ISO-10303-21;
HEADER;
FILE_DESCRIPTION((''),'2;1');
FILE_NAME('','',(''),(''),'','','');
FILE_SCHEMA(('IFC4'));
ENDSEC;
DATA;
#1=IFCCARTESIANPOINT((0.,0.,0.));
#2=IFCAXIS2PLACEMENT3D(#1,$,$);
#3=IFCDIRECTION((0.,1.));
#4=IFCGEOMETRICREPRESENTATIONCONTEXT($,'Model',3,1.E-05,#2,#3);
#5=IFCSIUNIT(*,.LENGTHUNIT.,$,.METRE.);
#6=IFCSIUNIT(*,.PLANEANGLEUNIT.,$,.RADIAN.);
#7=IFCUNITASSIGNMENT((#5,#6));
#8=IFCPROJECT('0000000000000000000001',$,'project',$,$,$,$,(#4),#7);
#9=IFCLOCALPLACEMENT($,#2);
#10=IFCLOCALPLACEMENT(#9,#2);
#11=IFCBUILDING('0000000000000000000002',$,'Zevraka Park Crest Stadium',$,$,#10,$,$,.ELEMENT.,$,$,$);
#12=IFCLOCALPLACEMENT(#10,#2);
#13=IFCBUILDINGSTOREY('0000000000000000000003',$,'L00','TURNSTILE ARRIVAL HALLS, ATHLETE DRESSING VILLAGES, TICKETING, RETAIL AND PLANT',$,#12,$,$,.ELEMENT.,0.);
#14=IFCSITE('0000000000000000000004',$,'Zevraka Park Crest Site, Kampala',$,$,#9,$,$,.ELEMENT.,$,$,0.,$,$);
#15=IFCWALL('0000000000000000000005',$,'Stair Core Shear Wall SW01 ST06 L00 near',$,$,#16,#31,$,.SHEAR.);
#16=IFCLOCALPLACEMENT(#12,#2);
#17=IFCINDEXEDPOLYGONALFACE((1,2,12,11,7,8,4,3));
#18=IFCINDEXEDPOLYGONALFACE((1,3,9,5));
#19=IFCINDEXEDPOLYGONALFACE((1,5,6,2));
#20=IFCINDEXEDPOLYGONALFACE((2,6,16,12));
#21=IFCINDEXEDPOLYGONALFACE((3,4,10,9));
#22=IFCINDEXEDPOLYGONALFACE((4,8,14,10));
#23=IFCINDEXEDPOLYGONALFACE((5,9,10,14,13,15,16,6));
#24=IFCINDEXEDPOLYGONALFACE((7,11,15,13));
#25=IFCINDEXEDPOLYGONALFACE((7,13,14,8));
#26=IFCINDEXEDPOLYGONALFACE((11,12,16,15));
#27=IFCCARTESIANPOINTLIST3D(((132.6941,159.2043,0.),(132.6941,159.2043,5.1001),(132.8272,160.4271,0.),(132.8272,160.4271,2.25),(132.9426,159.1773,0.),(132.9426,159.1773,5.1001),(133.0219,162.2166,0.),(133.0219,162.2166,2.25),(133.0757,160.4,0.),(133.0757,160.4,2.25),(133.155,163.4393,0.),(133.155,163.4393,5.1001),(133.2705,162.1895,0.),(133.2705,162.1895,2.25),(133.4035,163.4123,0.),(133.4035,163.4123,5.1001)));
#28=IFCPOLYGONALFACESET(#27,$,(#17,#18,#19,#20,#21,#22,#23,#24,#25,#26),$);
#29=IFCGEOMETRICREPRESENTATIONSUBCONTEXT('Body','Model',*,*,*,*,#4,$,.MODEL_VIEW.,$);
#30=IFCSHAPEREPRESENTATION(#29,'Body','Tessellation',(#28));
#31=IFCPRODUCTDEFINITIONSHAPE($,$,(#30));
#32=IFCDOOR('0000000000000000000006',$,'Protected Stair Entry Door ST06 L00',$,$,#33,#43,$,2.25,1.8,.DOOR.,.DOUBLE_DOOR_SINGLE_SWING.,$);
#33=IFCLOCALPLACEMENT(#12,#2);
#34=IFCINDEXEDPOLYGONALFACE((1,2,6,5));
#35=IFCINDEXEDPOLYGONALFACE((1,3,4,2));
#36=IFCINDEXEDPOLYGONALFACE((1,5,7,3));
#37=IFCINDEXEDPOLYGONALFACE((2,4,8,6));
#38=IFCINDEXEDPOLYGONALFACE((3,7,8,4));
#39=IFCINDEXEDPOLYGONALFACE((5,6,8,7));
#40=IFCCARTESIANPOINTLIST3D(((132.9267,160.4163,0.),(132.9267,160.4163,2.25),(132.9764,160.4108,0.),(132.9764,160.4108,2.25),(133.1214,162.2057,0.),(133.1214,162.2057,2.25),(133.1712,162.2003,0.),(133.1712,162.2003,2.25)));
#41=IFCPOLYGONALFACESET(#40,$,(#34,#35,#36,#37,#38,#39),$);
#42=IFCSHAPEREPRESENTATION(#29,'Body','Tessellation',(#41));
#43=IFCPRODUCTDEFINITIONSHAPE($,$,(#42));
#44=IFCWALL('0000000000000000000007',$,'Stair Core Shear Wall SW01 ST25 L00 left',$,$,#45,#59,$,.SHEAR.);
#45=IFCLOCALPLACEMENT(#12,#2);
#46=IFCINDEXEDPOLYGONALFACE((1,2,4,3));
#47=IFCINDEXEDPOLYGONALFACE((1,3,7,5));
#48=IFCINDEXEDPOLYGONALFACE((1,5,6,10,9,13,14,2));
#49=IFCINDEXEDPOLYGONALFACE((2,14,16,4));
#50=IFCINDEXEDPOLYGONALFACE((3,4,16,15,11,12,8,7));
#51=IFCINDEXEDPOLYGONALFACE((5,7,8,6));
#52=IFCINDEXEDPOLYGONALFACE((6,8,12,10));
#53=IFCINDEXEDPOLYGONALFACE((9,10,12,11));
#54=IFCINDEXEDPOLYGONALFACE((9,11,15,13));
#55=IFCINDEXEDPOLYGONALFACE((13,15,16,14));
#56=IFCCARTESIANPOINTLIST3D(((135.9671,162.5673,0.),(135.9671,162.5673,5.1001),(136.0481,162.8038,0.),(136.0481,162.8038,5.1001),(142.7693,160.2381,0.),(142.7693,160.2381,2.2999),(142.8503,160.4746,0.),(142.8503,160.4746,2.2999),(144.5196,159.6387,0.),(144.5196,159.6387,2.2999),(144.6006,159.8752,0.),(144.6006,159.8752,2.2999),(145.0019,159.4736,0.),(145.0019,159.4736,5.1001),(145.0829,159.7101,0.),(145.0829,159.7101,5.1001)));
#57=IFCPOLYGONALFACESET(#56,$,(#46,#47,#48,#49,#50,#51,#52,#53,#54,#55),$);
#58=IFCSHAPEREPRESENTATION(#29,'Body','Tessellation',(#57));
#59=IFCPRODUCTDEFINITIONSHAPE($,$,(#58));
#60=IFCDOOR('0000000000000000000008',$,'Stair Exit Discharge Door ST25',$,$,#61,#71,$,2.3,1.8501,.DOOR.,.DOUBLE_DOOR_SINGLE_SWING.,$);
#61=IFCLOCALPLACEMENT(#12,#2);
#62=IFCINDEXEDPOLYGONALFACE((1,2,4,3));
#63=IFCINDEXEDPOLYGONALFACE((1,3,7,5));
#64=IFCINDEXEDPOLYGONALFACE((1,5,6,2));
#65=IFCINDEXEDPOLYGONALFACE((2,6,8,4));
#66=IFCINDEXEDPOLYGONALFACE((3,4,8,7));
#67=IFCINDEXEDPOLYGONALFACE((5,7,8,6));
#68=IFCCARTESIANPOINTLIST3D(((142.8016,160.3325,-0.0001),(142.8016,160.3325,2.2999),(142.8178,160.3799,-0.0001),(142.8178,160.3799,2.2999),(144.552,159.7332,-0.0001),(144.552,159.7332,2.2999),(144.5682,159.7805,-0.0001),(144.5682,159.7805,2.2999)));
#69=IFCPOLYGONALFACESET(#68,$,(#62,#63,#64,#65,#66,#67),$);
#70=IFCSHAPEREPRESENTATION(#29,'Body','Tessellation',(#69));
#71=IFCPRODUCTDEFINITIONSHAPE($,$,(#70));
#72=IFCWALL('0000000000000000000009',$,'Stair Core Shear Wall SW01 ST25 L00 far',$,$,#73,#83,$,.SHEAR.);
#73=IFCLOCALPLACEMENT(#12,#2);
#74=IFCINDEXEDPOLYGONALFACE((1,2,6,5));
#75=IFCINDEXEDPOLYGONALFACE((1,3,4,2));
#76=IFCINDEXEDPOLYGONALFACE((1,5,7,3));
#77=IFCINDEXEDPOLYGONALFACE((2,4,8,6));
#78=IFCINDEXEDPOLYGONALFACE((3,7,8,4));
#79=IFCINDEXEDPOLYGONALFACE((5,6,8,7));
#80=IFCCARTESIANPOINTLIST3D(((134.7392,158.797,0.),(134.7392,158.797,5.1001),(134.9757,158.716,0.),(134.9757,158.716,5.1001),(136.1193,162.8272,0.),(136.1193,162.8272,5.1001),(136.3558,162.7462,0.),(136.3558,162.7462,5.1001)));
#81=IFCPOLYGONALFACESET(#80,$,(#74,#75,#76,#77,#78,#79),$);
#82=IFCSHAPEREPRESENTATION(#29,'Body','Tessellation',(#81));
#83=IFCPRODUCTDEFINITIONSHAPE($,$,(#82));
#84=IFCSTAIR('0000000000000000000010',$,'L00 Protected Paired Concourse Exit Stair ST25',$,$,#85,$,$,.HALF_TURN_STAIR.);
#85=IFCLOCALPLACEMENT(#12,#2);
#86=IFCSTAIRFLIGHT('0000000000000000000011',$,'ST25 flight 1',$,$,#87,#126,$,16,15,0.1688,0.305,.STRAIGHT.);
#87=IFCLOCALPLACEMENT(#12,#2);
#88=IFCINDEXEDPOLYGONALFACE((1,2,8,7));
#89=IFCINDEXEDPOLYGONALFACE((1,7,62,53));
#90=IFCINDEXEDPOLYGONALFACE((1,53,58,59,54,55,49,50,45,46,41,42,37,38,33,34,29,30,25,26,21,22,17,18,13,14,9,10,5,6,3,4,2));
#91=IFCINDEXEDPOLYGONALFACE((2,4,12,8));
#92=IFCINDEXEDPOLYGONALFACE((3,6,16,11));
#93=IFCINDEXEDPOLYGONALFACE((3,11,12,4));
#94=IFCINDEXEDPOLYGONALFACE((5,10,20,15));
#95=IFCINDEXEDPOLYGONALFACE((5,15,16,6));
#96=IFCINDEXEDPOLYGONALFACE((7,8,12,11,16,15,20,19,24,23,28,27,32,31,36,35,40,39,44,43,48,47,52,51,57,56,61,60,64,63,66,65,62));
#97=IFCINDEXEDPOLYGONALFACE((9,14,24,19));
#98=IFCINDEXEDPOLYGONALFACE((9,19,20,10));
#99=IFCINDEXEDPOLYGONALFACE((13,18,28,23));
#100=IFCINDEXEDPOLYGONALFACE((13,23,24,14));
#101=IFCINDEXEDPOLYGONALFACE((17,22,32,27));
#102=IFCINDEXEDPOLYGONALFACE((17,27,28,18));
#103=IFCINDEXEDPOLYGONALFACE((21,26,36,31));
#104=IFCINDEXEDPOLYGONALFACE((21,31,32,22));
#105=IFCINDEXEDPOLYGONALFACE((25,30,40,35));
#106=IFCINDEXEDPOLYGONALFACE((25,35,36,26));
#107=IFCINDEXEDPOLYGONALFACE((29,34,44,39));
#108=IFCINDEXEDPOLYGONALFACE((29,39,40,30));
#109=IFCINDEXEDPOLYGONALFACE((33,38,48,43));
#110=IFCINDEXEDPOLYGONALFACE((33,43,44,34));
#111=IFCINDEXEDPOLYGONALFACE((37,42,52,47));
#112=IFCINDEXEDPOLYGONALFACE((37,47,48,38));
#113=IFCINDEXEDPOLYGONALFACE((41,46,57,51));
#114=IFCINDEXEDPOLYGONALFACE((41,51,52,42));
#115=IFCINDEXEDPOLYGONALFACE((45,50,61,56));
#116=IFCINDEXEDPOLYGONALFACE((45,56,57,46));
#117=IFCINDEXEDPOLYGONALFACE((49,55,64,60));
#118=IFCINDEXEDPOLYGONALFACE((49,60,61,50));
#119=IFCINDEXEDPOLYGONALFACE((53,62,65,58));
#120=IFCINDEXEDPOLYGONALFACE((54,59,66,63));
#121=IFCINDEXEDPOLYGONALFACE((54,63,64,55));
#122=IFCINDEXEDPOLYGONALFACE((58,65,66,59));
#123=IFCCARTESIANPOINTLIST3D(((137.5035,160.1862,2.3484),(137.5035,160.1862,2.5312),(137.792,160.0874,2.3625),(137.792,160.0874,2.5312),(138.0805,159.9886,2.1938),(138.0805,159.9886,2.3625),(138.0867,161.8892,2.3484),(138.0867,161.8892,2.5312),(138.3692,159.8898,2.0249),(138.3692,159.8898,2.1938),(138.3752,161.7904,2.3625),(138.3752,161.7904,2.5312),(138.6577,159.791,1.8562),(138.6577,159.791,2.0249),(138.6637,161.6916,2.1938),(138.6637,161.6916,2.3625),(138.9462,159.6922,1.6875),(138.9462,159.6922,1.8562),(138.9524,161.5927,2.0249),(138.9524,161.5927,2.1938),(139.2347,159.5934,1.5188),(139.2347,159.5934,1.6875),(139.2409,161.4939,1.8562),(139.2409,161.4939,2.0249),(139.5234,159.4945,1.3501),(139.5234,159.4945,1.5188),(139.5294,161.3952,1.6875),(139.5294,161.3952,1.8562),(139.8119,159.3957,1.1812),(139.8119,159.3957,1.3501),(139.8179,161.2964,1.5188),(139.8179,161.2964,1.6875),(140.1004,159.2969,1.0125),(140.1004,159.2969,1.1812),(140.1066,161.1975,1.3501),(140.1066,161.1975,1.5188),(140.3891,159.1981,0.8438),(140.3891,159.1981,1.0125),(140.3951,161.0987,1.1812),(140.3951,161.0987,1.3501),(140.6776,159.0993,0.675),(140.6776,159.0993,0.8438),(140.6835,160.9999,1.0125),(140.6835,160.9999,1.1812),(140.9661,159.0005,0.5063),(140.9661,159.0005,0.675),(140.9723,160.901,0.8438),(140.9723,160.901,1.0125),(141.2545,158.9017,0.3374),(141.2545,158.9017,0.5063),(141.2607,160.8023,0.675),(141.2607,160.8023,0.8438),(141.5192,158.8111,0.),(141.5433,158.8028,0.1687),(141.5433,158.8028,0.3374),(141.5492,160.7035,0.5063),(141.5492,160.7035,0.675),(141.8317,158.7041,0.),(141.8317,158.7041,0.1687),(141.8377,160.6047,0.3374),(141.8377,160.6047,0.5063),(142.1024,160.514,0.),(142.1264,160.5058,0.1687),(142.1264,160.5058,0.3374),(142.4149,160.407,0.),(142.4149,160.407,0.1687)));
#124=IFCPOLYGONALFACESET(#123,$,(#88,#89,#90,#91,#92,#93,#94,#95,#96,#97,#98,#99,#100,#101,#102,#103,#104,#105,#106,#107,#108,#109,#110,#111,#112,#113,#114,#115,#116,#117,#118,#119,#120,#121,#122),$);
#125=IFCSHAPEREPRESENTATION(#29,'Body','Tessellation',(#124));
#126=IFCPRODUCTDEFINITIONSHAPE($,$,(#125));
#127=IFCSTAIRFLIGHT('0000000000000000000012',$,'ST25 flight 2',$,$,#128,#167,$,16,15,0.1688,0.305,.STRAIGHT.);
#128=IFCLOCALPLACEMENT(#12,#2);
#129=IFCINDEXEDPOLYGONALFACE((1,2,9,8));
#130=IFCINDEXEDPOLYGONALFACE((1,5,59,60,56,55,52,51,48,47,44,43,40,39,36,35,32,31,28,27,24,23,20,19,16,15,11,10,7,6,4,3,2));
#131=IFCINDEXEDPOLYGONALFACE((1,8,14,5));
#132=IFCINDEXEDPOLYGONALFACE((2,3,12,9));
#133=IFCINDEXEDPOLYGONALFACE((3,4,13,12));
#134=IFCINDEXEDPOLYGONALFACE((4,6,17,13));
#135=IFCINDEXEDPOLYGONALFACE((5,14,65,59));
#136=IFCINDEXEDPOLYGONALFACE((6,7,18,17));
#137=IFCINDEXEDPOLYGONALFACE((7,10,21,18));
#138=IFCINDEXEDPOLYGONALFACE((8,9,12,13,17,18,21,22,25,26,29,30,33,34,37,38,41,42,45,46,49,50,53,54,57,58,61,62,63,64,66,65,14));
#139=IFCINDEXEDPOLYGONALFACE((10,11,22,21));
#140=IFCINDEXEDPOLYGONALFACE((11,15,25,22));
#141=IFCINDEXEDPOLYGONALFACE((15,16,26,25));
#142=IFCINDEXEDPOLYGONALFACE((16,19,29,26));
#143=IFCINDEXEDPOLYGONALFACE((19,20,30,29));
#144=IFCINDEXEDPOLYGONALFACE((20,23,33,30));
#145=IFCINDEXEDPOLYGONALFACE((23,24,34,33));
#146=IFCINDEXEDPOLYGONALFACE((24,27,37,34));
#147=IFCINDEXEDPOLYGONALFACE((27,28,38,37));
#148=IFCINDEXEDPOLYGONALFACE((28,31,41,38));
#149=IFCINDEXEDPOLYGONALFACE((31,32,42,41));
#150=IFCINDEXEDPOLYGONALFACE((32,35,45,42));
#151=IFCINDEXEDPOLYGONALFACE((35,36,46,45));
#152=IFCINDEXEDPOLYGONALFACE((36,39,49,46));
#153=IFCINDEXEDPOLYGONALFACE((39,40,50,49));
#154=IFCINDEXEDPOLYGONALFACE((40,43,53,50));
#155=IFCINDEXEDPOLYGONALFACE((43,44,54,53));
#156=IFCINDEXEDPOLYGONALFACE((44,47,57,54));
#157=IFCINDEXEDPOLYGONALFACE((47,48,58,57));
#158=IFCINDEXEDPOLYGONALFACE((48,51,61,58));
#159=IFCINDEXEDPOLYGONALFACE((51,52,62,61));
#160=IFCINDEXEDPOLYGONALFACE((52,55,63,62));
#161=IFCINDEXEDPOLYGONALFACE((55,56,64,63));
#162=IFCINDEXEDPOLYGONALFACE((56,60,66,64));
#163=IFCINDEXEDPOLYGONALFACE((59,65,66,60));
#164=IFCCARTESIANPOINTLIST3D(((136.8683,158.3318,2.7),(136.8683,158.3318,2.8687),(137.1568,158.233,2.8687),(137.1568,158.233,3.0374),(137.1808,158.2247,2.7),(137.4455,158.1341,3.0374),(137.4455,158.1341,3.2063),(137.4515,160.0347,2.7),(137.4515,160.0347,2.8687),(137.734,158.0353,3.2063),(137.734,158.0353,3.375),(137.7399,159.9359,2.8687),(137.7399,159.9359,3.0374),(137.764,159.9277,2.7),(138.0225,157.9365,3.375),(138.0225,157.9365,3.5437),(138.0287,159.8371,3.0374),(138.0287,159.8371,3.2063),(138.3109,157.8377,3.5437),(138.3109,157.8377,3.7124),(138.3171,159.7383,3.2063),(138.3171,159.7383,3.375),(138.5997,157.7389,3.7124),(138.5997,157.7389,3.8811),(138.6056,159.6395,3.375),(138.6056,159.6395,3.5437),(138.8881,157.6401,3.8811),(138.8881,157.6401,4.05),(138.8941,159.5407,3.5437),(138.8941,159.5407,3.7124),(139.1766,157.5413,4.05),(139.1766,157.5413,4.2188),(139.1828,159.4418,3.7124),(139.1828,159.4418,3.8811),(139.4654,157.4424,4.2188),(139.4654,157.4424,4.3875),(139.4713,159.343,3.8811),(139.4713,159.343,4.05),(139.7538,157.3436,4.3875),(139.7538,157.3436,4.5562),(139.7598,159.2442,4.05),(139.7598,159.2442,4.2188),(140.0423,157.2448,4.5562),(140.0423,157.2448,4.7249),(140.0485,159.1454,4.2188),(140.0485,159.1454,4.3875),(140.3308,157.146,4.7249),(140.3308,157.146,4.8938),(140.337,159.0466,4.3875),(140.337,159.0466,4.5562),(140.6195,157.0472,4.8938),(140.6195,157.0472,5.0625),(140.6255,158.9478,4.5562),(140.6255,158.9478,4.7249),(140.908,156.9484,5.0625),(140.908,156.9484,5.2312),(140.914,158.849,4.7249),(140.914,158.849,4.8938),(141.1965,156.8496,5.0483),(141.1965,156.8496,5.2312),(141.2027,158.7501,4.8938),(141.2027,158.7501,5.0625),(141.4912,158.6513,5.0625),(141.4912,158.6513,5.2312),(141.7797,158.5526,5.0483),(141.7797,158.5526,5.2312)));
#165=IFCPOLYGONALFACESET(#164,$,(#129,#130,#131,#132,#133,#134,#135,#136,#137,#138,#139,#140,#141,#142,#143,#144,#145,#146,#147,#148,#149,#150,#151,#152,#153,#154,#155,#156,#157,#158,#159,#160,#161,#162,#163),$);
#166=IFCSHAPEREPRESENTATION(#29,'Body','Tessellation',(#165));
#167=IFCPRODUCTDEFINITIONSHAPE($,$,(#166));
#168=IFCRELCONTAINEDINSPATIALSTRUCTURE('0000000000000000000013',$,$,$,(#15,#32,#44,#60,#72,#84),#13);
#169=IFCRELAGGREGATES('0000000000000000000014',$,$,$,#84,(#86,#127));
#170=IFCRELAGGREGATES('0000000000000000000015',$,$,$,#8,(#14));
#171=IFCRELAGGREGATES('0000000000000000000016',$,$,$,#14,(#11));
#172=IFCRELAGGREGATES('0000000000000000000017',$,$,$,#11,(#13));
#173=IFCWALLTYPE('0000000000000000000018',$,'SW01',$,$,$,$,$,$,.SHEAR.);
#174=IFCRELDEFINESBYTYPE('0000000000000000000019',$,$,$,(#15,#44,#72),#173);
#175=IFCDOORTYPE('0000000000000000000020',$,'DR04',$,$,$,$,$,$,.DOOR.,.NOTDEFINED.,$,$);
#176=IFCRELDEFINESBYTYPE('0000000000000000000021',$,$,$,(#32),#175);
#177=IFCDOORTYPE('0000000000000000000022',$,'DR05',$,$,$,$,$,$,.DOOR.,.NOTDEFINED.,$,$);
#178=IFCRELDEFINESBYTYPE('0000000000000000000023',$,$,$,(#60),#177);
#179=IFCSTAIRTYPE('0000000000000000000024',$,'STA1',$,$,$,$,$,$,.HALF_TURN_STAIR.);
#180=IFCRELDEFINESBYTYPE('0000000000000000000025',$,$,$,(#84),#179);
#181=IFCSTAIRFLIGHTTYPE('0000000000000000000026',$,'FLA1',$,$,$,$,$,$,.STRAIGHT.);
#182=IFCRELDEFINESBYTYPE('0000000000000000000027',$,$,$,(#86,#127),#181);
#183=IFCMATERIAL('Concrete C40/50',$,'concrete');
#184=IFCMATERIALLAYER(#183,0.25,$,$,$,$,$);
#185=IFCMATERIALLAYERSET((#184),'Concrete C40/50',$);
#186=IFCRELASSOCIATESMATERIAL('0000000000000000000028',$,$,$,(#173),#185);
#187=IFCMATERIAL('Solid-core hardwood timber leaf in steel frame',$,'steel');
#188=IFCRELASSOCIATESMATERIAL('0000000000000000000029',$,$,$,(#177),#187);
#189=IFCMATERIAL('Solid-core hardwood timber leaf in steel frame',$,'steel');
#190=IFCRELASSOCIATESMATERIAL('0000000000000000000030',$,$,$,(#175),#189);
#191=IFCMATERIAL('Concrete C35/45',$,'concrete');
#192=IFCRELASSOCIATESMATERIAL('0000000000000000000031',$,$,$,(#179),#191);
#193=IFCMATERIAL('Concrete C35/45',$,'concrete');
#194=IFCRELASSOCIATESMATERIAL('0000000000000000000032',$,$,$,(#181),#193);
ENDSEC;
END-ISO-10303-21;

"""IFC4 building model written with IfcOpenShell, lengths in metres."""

from ifc_helpers import new_model, si_unit, direction, frame, frame_2d, origin, place, context, subcontext, project, spatial, polyline, rectangle, outline, extrude, material, layer, layer_set, type_object, element, fill, aggregate, save


model = new_model("IFC4")

# Units and contexts
model_context = context("Model", 3, precision=1e-05, world=origin(), true_north=direction((0.0, 1.0)))
body_context = subcontext(model_context, "Body", "Model", "MODEL_VIEW")
ifc_project = project(units=[si_unit("LENGTHUNIT", "METRE"), si_unit("PLANEANGLEUNIT", "RADIAN")], contexts=[model_context])

# Site, building, storey
site_placement = place(None, origin())
site = spatial("IfcSite", under=ifc_project, at=site_placement, Name="Zevraka Park Crest Site, Kampala", CompositionType="ELEMENT", RefElevation=0.0)
building_placement = place(site_placement, origin())
building = spatial("IfcBuilding", under=site, at=building_placement, Name="Zevraka Park Crest Stadium", CompositionType="ELEMENT")
storey_placement = place(building_placement, origin())
storey = spatial("IfcBuildingStorey", under=building, at=storey_placement, Name="L00", Description="TURNSTILE ARRIVAL HALLS, ATHLETE DRESSING VILLAGES, TICKETING, RETAIL AND PLANT", CompositionType="ELEMENT", Elevation=0.0)

# Walls, openings, doors
ifc_material_1 = material(Name="Concrete C40/50", Category="concrete")
ifc_layer_1 = layer(ifc_material_1, 0.25)
ifc_layer_set_1 = layer_set([ifc_layer_1], Name="Concrete C40/50")
wall_type_1 = type_object("IfcWallType", Name="SW01", PredefinedType="SHEAR", material=ifc_layer_set_1)
ifc_material_2 = material(Name="Solid-core hardwood timber leaf in steel frame", Category="steel")
door_type_1 = type_object("IfcDoorType", Name="DR05", OperationType="NOTDEFINED", PredefinedType="DOOR", material=ifc_material_2)
wall_1_placement = place(storey_placement, frame((132.8184, 159.1909, 0.0), z_axis=(0.0, 0.0, 1.0), x_axis=(0.108198, 0.994129, 0.0)))
wall_1 = element("IfcWall", 1, at=wall_1_placement, inside=storey, type_object=wall_type_1, Name="Stair Core Shear Wall SW01 ST06 L00 near", PredefinedType="SHEAR", context=body_context, shape_type="SweptSolid", body=[
    extrude(rectangle(XDim=4.26, YDim=0.25, at=frame_2d((2.1299, 0.0))), origin(), (0.0, 0.0, 1.0), 5.1001),
])
opening_1_placement = place(wall_1_placement, frame((1.23, 0.0, 0.0)))
opening_1 = element("IfcOpeningElement", 2, at=opening_1_placement, cuts=wall_1, PredefinedType="OPENING", context=body_context, shape_type="SweptSolid", body=[
    extrude(rectangle(XDim=1.8, YDim=2.25, at=frame_2d((0.8999, 1.125))), frame((0.0, 0.135, 0.0), z_axis=(0.0, -1.0, 0.0), x_axis=(1.0, 0.0, 0.0)), (0.0, 0.0, 1.0), 0.27),
])
ifc_material_3 = material(Name="Solid-core hardwood timber leaf in steel frame", Category="steel")
door_type_2 = type_object("IfcDoorType", Name="DR04", OperationType="NOTDEFINED", PredefinedType="DOOR", material=ifc_material_3)
door_1_placement = place(opening_1_placement, origin())
door_1 = element("IfcDoor", 3, at=door_1_placement, inside=storey, type_object=door_type_2, Name="Protected Stair Entry Door ST06 L00", OperationType="DOUBLE_DOOR_SINGLE_SWING", OverallHeight=2.25, OverallWidth=1.8, PredefinedType="DOOR", context=body_context, shape_type="SweptSolid", body=[
    extrude(rectangle(XDim=1.8, YDim=2.25, at=frame_2d((0.8999, 1.125))), frame((0.0, 0.0249, 0.0), z_axis=(0.0, -1.0, 0.0), x_axis=(1.0, 0.0, 0.0)), (0.0, 0.0, 1.0), 0.05),
])
fill(opening_1, door_1)
wall_2_placement = place(storey_placement, frame((136.0076, 162.6855, 0.0), z_axis=(0.0, 0.0, 1.0), x_axis=(0.946072, -0.323956, 0.0)))
wall_2 = element("IfcWall", 4, at=wall_2_placement, inside=storey, type_object=wall_type_1, Name="Stair Core Shear Wall SW01 ST25 L00 left", PredefinedType="SHEAR", context=body_context, shape_type="SweptSolid", body=[
    extrude(rectangle(XDim=9.5498, YDim=0.25, at=frame_2d((4.7749, 0.0))), origin(), (0.0, 0.0, 1.0), 5.1001),
])
opening_2_placement = place(wall_2_placement, frame((7.1899, 0.0, 0.0)))
opening_2 = element("IfcOpeningElement", 5, at=opening_2_placement, cuts=wall_2, PredefinedType="OPENING", context=body_context, shape_type="SweptSolid", body=[
    extrude(rectangle(XDim=1.8501, YDim=2.3, at=frame_2d((0.925, 1.1499))), frame((0.0, 0.135, 0.0), z_axis=(0.0, -1.0, 0.0), x_axis=(1.0, 0.0, 0.0)), (0.0, 0.0, 1.0), 0.27),
])
door_2_placement = place(opening_2_placement, origin())
door_2 = element("IfcDoor", 6, at=door_2_placement, inside=storey, type_object=door_type_1, Name="Stair Exit Discharge Door ST25", OperationType="DOUBLE_DOOR_SINGLE_SWING", OverallHeight=2.3, OverallWidth=1.8501, PredefinedType="DOOR", context=body_context, shape_type="SweptSolid", body=[
    extrude(rectangle(XDim=1.8501, YDim=2.3, at=frame_2d((0.925, 1.1499))), frame((0.0, 0.0249, 0.0), z_axis=(0.0, -1.0, 0.0), x_axis=(1.0, 0.0, 0.0)), (0.0, 0.0, 1.0), 0.05),
])
fill(opening_2, door_2)

# Wall
wall_3_placement = place(storey_placement, frame((136.2375, 162.7866, 0.0), z_axis=(0.0, 0.0, 1.0), x_axis=(-0.323971, -0.946067, 0.0)))
element("IfcWall", 7, at=wall_3_placement, inside=storey, type_object=wall_type_1, Name="Stair Core Shear Wall SW01 ST25 L00 far", PredefinedType="SHEAR", context=body_context, shape_type="SweptSolid", body=[
    extrude(rectangle(XDim=4.26, YDim=0.25, at=frame_2d((2.1299, 0.0))), origin(), (0.0, 0.0, 1.0), 5.1001),
])

# Stair, stair flights
ifc_material_4 = material(Name="Concrete C35/45", Category="concrete")
stair_type = type_object("IfcStairType", Name="STA1", PredefinedType="HALF_TURN_STAIR", material=ifc_material_4)
stair_placement = place(storey_placement, origin())
stair = element("IfcStair", 8, at=stair_placement, inside=storey, type_object=stair_type, Name="L00 Protected Paired Concourse Exit Stair ST25", PredefinedType="HALF_TURN_STAIR")
ifc_material_5 = material(Name="Concrete C35/45", Category="concrete")
stair_flight_type = type_object("IfcStairFlightType", Name="FLA1", PredefinedType="STRAIGHT", material=ifc_material_5)
stair_flight_1_placement = place(storey_placement, frame((142.1233, 159.5554, 0.0), z_axis=(0.0, 0.0, 1.0), x_axis=(-0.946066, 0.323974, 0.0)))
stair_flight_1 = element("IfcStairFlight", 9, at=stair_flight_1_placement, type_object=stair_flight_type, Name="ST25 flight 1", NumberOfRisers=16, NumberOfTreads=15, PredefinedType="STRAIGHT", RiserHeight=0.1688, TreadLength=0.305, context=body_context, shape_type="SweptSolid", body=[
    extrude(outline(polyline([(0.0, 0.0), (0.0, 0.1687), (0.3049, 0.1687), (0.3049, 0.3374), (0.6101, 0.3374), (0.6101, 0.5063), (0.915, 0.5063), (0.915, 0.675), (1.22, 0.675), (1.22, 0.8438), (1.5249, 0.8438), (1.5249, 1.0125), (1.8301, 1.0125), (1.8301, 1.1812), (2.135, 1.1812), (2.135, 1.3501), (2.4399, 1.3501), (2.4399, 1.5188), (2.7451, 1.5188), (2.7451, 1.6875), (3.05, 1.6875), (3.05, 1.8562), (3.355, 1.8562), (3.355, 2.0249), (3.6599, 2.0249), (3.6599, 2.1938), (3.9651, 2.1938), (3.9651, 2.3625), (4.27, 2.3625), (4.27, 2.5312), (4.575, 2.5312), (4.575, 2.7), (4.575, 2.3484), (0.3303, 0.0), (0.0, 0.0)])), frame((0.0, 0.8999, 0.0), z_axis=(0.0, -1.0, 0.0), x_axis=(1.0, 0.0, 0.0)), (0.0, 0.0, 1.0), 1.8),
])
stair_flight_2_placement = place(storey_placement, frame((137.1599, 159.1833, 2.7), z_axis=(0.0, 0.0, 1.0), x_axis=(0.946066, -0.323974, 0.0)))
stair_flight_2 = element("IfcStairFlight", 10, at=stair_flight_2_placement, type_object=stair_flight_type, Name="ST25 flight 2", NumberOfRisers=16, NumberOfTreads=15, PredefinedType="STRAIGHT", RiserHeight=0.1688, TreadLength=0.305, context=body_context, shape_type="SweptSolid", body=[
    extrude(outline(polyline([(0.0, 0.0), (0.0, 0.1687), (0.3049, 0.1687), (0.3049, 0.3374), (0.6101, 0.3374), (0.6101, 0.5063), (0.915, 0.5063), (0.915, 0.675), (1.22, 0.675), (1.22, 0.8438), (1.5249, 0.8438), (1.5249, 1.0125), (1.8301, 1.0125), (1.8301, 1.1812), (2.135, 1.1812), (2.135, 1.3501), (2.4399, 1.3501), (2.4399, 1.5188), (2.7451, 1.5188), (2.7451, 1.6875), (3.05, 1.6875), (3.05, 1.8562), (3.355, 1.8562), (3.355, 2.0249), (3.6599, 2.0249), (3.6599, 2.1938), (3.9651, 2.1938), (3.9651, 2.3625), (4.27, 2.3625), (4.27, 2.5312), (4.575, 2.5312), (4.575, 2.7), (4.575, 2.3484), (0.3303, 0.0), (0.0, 0.0)])), frame((0.0, 0.8999, 0.0), z_axis=(0.0, -1.0, 0.0), x_axis=(1.0, 0.0, 0.0)), (0.0, 0.0, 1.0), 1.8),
])
aggregate(stair, [stair_flight_1, stair_flight_2])

save(model, "model.ifc")
